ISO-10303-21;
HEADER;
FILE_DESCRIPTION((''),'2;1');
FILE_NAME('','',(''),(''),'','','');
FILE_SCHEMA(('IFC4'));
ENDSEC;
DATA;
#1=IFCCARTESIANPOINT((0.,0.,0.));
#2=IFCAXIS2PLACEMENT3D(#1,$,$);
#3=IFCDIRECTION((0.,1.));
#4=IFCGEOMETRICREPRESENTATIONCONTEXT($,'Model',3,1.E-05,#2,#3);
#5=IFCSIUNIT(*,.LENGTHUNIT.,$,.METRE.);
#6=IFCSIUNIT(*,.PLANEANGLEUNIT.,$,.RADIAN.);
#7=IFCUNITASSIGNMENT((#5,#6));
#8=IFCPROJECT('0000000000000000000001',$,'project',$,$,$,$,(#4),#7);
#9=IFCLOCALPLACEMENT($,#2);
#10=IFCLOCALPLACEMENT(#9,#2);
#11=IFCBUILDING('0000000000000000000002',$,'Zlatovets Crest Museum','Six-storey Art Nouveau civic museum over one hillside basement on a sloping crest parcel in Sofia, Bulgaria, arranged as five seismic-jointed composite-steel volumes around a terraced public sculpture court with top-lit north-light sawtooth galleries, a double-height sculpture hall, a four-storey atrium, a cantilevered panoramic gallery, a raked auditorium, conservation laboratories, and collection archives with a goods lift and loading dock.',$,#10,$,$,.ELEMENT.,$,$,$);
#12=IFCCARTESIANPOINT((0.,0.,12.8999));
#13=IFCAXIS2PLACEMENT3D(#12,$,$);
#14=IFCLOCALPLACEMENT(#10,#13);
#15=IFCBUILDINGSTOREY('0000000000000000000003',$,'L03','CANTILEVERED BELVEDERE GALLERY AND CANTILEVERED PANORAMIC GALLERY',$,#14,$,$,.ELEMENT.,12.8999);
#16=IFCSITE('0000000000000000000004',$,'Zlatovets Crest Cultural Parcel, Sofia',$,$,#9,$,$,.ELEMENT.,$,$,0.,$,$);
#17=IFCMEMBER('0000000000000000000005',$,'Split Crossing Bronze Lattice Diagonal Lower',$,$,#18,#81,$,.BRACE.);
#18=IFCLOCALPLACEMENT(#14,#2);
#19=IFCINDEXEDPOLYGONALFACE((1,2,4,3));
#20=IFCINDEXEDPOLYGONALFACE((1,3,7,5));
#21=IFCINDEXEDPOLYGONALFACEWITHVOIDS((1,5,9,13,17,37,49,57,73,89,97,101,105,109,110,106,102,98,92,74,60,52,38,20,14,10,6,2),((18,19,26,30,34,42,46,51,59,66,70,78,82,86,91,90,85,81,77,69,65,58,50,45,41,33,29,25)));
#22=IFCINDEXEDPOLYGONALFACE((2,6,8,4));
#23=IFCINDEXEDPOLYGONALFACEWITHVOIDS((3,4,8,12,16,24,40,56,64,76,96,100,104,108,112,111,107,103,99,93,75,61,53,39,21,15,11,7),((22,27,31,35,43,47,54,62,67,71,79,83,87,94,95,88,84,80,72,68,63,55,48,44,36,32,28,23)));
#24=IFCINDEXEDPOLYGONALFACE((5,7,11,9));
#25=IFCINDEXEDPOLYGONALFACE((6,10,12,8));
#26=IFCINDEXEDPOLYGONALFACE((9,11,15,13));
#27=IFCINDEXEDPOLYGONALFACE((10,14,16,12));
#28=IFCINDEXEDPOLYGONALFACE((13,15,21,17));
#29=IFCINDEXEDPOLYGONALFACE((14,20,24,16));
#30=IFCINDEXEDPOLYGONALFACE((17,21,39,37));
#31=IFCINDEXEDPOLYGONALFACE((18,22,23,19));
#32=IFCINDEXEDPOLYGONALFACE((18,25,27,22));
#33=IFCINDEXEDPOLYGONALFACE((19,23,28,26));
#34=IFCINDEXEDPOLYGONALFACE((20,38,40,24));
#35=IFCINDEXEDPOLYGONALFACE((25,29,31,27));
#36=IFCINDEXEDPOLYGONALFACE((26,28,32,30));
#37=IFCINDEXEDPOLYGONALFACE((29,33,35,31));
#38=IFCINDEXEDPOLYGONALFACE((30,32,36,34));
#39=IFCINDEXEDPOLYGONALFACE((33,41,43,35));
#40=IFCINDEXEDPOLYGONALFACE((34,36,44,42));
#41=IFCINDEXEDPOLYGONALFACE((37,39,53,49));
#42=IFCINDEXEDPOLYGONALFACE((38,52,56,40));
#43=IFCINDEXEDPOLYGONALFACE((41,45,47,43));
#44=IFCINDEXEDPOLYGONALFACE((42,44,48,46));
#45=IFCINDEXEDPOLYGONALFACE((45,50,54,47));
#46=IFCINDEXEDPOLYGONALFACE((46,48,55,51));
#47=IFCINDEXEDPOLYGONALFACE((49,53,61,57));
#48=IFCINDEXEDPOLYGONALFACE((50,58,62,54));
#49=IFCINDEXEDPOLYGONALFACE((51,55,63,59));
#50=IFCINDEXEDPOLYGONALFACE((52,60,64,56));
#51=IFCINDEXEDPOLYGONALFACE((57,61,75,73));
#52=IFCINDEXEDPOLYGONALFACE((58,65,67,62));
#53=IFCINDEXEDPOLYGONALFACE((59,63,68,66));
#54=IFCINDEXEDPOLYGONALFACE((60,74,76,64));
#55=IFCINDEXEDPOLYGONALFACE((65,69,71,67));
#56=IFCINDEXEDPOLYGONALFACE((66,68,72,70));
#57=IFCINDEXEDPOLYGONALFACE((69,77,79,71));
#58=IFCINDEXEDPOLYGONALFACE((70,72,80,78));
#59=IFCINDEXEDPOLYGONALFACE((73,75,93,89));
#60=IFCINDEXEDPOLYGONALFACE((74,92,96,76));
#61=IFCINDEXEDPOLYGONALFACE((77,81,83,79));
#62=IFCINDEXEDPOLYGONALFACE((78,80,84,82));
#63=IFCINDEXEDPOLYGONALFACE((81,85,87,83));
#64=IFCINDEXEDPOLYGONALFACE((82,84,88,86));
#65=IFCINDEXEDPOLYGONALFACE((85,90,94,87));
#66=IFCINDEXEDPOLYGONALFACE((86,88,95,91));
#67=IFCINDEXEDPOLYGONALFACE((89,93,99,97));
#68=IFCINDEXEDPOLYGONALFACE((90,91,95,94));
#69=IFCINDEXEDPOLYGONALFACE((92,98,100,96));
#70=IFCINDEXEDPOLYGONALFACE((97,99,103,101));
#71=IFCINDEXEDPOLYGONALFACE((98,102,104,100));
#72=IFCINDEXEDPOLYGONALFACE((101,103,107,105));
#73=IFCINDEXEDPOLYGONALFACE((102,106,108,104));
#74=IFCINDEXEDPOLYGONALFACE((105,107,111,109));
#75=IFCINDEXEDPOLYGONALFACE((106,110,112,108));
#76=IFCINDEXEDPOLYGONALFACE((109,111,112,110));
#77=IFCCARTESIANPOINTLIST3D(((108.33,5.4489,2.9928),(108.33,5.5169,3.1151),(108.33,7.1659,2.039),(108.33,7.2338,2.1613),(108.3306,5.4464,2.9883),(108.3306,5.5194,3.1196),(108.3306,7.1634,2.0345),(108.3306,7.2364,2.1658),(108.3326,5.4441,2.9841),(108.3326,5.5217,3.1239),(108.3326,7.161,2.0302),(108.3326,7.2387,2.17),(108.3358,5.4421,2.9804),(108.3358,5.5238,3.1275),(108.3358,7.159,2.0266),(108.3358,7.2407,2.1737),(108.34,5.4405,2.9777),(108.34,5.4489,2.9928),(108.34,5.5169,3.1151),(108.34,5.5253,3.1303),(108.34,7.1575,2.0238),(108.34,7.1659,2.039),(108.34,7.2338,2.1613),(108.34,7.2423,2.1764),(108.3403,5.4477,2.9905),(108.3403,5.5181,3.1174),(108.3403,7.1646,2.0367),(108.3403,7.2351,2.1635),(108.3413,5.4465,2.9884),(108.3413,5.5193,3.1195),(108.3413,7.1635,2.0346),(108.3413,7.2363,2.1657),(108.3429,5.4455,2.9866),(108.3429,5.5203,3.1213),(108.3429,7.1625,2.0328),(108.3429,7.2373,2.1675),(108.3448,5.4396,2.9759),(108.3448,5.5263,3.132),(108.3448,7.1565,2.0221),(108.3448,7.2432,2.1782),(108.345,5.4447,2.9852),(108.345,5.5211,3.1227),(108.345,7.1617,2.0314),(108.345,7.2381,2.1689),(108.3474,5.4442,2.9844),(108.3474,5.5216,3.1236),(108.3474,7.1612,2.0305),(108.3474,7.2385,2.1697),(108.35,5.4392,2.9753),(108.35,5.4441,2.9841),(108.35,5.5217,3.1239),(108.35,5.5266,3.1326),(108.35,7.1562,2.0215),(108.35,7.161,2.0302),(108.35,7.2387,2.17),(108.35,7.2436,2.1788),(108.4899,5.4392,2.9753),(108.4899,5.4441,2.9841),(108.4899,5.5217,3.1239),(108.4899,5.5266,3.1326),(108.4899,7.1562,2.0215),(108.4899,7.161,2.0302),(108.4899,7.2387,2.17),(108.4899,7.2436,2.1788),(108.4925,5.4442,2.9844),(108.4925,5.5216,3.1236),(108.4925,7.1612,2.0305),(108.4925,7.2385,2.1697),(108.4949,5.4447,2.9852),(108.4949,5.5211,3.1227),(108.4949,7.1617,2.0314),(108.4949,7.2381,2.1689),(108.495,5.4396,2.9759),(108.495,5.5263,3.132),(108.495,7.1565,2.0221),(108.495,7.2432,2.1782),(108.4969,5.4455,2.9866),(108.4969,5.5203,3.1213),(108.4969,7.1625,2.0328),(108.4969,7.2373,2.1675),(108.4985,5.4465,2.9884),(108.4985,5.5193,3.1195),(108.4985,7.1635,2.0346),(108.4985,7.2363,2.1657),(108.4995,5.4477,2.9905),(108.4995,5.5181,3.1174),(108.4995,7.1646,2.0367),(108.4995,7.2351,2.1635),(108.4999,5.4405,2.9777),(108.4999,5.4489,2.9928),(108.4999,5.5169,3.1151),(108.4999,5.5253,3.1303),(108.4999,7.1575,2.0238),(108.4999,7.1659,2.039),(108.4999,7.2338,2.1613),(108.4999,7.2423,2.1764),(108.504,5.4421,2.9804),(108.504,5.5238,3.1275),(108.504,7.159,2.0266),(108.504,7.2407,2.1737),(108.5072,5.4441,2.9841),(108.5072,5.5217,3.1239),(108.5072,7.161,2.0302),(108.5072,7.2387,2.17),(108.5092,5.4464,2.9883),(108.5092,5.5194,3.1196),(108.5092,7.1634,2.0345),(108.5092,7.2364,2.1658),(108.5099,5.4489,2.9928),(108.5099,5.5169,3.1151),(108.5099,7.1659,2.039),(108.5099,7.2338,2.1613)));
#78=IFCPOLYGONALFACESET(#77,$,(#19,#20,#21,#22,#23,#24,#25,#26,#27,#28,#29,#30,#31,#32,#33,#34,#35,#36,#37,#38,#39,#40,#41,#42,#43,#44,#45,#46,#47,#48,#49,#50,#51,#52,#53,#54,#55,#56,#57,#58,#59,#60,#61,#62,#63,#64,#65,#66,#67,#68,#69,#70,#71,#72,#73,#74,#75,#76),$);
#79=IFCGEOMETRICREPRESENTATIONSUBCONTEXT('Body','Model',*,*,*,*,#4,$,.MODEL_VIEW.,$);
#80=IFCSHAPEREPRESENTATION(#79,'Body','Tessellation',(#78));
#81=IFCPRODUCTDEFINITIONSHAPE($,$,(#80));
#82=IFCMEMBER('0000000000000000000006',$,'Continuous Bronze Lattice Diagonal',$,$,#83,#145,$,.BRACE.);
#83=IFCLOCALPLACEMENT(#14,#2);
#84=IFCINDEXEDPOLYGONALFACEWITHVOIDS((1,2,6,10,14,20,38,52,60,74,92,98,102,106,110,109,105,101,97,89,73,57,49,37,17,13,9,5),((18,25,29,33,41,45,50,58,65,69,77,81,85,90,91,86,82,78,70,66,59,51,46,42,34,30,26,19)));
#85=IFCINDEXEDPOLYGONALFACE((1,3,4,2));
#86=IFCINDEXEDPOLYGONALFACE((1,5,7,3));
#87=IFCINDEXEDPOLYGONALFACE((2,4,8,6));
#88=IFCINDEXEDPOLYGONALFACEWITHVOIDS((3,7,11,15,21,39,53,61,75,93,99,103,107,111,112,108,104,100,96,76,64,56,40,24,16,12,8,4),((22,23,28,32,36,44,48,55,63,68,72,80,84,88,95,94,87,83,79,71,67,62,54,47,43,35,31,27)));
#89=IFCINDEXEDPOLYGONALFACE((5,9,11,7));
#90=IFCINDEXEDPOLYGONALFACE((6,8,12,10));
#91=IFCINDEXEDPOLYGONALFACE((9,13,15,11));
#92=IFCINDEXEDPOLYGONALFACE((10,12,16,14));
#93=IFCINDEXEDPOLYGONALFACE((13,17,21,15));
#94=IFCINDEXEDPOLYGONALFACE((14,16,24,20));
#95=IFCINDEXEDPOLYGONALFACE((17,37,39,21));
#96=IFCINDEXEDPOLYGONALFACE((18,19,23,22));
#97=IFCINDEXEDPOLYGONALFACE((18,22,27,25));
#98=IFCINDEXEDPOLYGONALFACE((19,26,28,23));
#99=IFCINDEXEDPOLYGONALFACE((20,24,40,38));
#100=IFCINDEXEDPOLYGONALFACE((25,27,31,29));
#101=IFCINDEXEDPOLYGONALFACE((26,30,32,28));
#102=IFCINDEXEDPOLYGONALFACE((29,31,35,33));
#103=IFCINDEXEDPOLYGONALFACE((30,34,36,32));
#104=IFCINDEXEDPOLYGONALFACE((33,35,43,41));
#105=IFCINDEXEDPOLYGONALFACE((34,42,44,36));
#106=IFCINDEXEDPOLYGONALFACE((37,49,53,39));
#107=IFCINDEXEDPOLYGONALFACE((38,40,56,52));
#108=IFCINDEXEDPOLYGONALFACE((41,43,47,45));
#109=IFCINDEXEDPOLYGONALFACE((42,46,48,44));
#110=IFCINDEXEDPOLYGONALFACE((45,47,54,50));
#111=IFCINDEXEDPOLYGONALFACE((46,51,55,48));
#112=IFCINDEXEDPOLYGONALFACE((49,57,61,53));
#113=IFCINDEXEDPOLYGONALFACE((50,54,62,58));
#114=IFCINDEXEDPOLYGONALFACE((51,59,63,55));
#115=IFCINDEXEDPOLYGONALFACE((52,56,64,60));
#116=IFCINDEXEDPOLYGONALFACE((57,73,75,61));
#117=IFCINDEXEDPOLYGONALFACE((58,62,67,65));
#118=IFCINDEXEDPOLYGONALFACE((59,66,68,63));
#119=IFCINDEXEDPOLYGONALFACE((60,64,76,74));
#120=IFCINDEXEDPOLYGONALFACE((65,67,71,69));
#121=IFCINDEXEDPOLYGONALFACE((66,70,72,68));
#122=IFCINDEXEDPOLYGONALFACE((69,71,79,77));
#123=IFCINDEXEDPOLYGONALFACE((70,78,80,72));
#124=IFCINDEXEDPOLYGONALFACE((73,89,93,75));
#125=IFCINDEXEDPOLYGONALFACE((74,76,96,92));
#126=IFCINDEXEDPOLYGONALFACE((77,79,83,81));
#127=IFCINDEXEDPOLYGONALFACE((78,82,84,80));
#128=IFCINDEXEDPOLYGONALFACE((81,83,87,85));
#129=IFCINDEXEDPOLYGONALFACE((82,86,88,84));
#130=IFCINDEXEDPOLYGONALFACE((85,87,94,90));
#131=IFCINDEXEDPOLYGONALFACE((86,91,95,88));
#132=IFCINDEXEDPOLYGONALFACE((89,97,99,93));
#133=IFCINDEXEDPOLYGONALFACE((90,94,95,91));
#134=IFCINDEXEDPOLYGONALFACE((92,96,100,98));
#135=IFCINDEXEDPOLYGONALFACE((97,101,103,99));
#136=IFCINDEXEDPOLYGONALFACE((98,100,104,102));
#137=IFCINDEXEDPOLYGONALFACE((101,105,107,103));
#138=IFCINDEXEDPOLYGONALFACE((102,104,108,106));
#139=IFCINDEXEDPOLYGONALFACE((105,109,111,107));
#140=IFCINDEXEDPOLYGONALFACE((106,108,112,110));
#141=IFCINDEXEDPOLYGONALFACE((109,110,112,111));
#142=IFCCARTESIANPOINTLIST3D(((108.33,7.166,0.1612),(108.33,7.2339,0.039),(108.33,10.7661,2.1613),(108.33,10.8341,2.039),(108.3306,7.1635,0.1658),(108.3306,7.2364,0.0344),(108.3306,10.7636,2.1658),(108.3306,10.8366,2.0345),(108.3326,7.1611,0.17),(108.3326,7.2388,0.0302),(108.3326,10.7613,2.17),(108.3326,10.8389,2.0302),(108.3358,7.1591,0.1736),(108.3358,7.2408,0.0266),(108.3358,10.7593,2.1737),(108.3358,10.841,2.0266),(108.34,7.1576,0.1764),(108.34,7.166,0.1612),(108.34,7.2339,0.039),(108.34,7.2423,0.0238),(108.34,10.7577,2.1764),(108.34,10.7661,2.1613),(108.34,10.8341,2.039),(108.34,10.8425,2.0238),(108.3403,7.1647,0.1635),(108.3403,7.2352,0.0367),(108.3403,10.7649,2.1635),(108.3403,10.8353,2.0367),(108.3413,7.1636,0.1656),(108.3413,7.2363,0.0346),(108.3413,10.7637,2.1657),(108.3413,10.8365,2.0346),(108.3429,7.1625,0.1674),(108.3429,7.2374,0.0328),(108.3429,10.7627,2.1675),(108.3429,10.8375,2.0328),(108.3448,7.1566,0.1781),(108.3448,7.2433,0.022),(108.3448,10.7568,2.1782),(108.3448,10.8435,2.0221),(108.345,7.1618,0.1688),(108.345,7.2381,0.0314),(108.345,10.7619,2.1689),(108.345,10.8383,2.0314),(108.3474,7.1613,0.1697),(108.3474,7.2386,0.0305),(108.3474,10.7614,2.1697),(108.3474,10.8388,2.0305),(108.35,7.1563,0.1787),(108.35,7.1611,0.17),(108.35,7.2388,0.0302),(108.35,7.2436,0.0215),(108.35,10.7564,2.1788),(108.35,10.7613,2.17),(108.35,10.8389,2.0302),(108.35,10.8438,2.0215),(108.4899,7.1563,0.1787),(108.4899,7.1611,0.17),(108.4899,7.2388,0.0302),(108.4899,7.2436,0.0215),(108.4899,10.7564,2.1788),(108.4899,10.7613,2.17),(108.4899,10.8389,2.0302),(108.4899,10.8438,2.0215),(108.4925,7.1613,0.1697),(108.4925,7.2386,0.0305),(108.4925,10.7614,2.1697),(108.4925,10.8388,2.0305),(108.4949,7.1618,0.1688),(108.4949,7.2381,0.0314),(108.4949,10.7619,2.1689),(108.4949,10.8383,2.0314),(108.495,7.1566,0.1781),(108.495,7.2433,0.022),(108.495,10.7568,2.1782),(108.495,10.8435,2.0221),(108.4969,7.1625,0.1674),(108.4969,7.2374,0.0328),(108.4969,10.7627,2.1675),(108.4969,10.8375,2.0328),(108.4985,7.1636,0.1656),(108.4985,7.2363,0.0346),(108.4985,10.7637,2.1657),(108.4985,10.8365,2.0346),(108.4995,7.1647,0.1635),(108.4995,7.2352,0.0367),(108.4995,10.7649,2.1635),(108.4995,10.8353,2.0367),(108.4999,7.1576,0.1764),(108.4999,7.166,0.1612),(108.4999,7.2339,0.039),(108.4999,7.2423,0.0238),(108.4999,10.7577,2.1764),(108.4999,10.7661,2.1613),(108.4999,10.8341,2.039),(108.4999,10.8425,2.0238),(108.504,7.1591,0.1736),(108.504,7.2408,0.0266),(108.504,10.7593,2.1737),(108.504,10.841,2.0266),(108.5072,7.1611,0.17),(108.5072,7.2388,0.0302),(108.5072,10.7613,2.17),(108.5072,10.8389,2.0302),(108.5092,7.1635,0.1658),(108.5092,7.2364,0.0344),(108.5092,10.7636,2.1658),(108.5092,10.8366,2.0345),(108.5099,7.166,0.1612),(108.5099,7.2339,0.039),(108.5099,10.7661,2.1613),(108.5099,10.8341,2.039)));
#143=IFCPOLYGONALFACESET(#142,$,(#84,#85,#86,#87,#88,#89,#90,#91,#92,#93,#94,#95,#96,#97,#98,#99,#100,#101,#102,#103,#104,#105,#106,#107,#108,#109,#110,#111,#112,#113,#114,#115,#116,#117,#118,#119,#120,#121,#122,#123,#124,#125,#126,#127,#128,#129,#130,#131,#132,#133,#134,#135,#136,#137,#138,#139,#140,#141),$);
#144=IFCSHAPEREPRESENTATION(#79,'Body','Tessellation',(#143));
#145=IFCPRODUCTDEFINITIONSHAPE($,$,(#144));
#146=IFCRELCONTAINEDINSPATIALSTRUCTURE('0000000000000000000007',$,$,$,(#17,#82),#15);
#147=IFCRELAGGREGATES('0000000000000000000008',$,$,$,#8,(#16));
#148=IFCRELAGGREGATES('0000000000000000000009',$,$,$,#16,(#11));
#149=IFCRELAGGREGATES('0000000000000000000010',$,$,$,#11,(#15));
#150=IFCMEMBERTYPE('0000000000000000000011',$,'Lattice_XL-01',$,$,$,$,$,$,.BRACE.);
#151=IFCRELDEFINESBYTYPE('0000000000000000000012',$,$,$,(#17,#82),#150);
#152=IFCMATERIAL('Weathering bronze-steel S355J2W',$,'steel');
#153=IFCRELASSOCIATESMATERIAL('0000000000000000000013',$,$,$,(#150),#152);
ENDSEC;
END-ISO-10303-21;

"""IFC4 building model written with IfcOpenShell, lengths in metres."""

from ifc_helpers import new_model, si_unit, direction, frame, origin, origin_2d, place, context, subcontext, project, spatial, hollow_rectangle, extrude, material, material_profile, profile_set, type_object, element, save


model = new_model("IFC4")

# Units and contexts
model_context = context("Model", 3, precision=1e-05, world=origin(), true_north=direction((0.0, 1.0)))
body_context = subcontext(model_context, "Body", "Model", "MODEL_VIEW")
ifc_project = project(units=[si_unit("LENGTHUNIT", "METRE"), si_unit("PLANEANGLEUNIT", "RADIAN")], contexts=[model_context])

# Site, building, storey
site_placement = place(None, origin())
site = spatial("IfcSite", under=ifc_project, at=site_placement, Name="Zlatovets Crest Cultural Parcel, Sofia", CompositionType="ELEMENT", RefElevation=0.0)
building_placement = place(site_placement, origin())
building = spatial("IfcBuilding", under=site, at=building_placement, Name="Zlatovets Crest Museum", Description="Six-storey Art Nouveau civic museum over one hillside basement on a sloping crest parcel in Sofia, Bulgaria, arranged as five seismic-jointed composite-steel volumes around a terraced public sculpture court with top-lit north-light sawtooth galleries, a double-height sculpture hall, a four-storey atrium, a cantilevered panoramic gallery, a raked auditorium, conservation laboratories, and collection archives with a goods lift and loading dock.", CompositionType="ELEMENT")
storey_placement = place(building_placement, frame((0.0, 0.0, 12.8999)))
storey = spatial("IfcBuildingStorey", under=building, at=storey_placement, Name="L03", Description="CANTILEVERED BELVEDERE GALLERY AND CANTILEVERED PANORAMIC GALLERY", CompositionType="ELEMENT", Elevation=12.8999)

# Members
ifc_material_1 = material(Name="Weathering bronze-steel S355J2W", Category="steel")
ifc_material_profile_1 = material_profile(ifc_material_1, hollow_rectangle(XDim=0.1799, YDim=0.1799, WallThickness=0.01, InnerFilletRadius=0.01, OuterFilletRadius=0.02, at=origin_2d()), Name="SHS 180x180x10.0")
ifc_profile_set_1 = profile_set([ifc_material_profile_1], Name="Weathering bronze-steel S355J2W")
member_type_1 = type_object("IfcMemberType", Name="Lattice_XL-01", PredefinedType="BRACE", material=ifc_profile_set_1)
for number, where, z_axis, x_axis, name in (
    (1, (108.4199, 5.4829, 3.054), (0.0, 0.874169, -0.485622), (-1.0, 0.0, 0.0), "Split Crossing Bronze Lattice Diagonal Lower"),
):
    element("IfcMember", number, at=place(storey_placement, frame(where, z_axis=z_axis, x_axis=x_axis)), inside=storey, type_object=member_type_1, Name=name, PredefinedType="BRACE", context=body_context, shape_type="SweptSolid", body=[
        extrude(hollow_rectangle(XDim=0.1799, YDim=0.1799, WallThickness=0.01, InnerFilletRadius=0.01, OuterFilletRadius=0.02, at=origin_2d()), origin(), (0.0, 0.0, 1.0), 1.9641),
    ])
member_1_placement = place(storey_placement, frame((108.4199, 7.2, 0.1001), z_axis=(0.0, 0.874163, 0.485633), x_axis=(-1.0, 0.0, 0.0)))
element("IfcMember", 2, at=member_1_placement, inside=storey, type_object=member_type_1, Name="Continuous Bronze Lattice Diagonal", PredefinedType="BRACE", context=body_context, shape_type="SweptSolid", body=[
    extrude(hollow_rectangle(XDim=0.1799, YDim=0.1799, WallThickness=0.01, InnerFilletRadius=0.01, OuterFilletRadius=0.02, at=origin_2d()), origin(), (0.0, 0.0, 1.0), 4.1184),
])

save(model, "model.ifc")
